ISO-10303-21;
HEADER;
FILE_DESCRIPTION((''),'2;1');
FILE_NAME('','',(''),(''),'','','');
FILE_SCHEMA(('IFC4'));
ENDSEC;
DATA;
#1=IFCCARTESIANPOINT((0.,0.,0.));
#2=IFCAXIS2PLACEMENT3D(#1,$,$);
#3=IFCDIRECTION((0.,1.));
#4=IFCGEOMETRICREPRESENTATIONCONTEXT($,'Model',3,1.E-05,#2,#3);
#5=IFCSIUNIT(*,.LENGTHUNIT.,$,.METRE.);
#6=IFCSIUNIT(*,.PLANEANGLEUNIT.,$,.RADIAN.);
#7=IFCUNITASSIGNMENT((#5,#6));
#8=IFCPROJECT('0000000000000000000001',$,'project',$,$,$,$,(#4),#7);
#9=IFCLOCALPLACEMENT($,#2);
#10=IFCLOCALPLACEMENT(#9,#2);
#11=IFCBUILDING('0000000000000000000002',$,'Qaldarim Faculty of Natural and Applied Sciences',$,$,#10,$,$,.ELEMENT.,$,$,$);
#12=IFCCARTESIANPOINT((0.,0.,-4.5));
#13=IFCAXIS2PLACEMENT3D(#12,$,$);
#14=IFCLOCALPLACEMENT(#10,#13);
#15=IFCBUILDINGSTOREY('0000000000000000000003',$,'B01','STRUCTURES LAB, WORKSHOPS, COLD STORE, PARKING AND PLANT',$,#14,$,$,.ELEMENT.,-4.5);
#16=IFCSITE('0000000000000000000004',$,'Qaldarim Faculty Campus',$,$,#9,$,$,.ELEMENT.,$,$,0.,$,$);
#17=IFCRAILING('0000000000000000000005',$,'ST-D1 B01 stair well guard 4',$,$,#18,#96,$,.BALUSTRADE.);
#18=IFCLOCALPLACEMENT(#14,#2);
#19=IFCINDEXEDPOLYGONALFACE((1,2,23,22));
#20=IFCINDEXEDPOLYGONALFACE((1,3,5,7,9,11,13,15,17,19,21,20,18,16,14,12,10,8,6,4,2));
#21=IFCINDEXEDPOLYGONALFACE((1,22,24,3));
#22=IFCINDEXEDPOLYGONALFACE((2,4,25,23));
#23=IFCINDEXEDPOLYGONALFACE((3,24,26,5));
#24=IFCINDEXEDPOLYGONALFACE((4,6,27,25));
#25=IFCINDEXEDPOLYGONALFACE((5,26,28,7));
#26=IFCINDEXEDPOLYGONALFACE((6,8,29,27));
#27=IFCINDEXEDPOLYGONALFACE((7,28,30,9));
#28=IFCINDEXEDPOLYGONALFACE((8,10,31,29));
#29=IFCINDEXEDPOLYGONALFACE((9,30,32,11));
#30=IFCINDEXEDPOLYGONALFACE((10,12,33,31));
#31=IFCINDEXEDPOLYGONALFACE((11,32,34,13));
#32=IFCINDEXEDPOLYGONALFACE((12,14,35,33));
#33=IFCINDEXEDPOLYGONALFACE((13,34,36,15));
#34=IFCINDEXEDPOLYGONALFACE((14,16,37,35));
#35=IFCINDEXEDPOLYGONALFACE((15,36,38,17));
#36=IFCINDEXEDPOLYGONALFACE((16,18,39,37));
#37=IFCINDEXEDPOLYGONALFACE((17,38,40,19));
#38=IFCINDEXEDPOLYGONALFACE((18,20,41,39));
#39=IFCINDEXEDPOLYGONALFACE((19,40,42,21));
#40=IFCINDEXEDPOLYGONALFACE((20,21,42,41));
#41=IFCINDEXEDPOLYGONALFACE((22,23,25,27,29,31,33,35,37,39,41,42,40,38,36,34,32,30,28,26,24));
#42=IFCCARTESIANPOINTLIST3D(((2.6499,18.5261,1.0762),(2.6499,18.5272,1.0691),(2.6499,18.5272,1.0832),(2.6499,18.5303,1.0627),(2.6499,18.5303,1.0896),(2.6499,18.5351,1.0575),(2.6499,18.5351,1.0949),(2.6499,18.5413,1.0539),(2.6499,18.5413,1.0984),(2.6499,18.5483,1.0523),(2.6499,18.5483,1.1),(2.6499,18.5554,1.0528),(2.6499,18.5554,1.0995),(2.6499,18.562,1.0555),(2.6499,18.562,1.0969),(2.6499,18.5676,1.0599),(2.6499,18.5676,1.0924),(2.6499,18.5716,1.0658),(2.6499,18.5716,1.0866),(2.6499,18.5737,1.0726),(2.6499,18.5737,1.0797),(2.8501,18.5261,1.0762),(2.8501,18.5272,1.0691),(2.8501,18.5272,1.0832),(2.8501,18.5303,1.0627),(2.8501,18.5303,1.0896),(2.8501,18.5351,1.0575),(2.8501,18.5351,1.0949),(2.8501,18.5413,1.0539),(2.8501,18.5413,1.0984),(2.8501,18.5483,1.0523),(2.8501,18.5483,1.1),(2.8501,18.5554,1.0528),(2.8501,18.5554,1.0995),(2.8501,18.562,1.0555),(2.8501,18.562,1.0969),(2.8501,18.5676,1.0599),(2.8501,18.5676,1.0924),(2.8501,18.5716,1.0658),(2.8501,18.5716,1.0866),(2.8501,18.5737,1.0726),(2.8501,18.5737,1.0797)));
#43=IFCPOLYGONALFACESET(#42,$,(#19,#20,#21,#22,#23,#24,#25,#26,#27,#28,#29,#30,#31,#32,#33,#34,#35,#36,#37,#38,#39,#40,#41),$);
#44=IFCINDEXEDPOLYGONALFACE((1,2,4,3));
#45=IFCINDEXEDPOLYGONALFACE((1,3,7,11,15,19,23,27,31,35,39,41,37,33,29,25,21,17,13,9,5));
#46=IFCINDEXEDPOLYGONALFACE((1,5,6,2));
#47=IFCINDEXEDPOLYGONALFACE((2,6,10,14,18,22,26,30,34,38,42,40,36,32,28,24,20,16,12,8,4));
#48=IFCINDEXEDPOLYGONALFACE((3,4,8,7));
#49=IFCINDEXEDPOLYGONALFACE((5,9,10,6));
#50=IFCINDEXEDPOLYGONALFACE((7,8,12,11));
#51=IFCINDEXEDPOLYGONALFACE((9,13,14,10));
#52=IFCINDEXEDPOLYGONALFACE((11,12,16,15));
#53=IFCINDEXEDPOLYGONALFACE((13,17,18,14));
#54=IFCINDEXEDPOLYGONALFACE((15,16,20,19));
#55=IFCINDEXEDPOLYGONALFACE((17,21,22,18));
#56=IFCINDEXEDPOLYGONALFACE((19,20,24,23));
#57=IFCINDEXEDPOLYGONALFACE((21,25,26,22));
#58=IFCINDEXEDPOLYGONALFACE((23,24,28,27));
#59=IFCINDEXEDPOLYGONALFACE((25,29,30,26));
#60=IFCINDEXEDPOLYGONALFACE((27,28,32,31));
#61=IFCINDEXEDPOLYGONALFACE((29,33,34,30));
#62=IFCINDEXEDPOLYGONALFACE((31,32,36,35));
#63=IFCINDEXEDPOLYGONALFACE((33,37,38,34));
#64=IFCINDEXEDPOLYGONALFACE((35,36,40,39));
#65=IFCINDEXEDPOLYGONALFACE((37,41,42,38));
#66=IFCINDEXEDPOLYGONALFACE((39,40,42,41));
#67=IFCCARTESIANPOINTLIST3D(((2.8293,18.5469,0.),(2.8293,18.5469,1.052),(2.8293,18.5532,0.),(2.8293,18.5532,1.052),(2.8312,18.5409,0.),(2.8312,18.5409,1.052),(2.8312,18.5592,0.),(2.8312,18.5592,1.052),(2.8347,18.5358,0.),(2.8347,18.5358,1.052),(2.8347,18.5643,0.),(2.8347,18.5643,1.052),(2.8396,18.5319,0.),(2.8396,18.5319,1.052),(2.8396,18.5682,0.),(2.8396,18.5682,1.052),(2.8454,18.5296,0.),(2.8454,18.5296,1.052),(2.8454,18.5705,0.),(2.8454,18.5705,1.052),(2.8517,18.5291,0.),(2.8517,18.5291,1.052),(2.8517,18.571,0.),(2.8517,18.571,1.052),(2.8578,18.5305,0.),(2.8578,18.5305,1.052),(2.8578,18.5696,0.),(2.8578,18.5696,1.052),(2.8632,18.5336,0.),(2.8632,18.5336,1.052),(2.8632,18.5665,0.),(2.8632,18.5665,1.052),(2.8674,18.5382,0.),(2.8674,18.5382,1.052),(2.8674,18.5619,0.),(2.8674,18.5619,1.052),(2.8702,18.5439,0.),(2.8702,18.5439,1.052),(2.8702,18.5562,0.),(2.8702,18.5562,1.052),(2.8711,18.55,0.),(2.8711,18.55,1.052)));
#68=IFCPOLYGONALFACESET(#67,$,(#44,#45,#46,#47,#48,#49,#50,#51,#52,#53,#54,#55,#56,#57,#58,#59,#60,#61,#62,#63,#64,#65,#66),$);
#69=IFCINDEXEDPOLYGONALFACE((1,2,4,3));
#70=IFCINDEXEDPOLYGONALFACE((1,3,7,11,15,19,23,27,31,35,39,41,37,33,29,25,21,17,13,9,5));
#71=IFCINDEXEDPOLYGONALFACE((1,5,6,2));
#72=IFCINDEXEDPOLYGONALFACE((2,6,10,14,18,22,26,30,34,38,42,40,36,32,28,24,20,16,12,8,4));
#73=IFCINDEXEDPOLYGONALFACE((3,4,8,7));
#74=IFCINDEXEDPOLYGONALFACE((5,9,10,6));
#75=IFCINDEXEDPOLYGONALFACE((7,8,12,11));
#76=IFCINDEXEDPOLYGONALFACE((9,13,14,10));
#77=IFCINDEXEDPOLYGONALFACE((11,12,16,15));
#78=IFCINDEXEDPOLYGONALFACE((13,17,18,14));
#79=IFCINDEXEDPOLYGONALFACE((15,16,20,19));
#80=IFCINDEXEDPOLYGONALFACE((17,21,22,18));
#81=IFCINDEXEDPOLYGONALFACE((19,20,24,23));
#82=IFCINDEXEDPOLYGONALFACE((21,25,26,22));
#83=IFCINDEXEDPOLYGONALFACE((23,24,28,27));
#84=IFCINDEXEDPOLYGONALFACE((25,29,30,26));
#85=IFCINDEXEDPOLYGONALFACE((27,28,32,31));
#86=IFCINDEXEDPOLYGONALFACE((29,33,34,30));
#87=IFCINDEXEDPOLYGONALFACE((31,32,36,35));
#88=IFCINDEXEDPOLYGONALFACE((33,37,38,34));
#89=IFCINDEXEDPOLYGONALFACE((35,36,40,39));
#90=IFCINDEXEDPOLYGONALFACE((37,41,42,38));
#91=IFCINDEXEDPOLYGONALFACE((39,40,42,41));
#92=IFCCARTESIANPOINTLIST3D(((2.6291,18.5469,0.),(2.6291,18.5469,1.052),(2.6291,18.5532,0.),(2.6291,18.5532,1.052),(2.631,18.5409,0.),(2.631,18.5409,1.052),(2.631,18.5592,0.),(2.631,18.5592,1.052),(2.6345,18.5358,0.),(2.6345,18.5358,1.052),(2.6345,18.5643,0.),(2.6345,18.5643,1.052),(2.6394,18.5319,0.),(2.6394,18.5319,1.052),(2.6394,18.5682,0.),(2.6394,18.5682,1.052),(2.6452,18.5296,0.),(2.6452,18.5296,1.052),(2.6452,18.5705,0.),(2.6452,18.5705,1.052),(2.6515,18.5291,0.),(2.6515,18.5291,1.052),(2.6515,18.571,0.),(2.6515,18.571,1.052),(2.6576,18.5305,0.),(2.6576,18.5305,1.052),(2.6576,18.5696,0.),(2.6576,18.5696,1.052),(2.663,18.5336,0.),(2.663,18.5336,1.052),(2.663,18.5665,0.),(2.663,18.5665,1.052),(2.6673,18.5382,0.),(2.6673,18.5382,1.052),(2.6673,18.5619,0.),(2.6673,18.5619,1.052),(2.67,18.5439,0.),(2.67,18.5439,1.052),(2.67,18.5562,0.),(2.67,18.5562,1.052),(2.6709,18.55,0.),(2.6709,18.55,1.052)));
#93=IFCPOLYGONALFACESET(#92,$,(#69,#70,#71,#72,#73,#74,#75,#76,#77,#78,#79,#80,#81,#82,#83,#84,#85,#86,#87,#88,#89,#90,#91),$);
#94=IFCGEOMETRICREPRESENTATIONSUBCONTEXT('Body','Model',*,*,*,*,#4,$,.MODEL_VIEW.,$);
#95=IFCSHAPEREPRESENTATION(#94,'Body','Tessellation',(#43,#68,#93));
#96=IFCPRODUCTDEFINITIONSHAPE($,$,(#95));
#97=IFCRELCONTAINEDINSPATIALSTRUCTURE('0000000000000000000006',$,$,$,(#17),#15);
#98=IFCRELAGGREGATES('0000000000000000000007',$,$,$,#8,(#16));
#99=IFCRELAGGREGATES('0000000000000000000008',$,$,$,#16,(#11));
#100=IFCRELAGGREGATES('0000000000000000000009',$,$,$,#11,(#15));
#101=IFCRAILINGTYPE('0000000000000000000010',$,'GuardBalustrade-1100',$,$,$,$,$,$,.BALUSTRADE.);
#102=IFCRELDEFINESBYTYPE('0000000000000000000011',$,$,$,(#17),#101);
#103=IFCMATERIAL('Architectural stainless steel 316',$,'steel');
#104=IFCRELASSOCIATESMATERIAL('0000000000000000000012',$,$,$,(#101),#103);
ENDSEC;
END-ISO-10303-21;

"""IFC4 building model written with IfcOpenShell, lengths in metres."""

from ifc_helpers import new_model, si_unit, direction, frame, origin, origin_2d, place, context, subcontext, project, spatial, circle, extrude, material, type_object, element, save


model = new_model("IFC4")

# Units and contexts
model_context = context("Model", 3, precision=1e-05, world=origin(), true_north=direction((0.0, 1.0)))
body_context = subcontext(model_context, "Body", "Model", "MODEL_VIEW")
ifc_project = project(units=[si_unit("LENGTHUNIT", "METRE"), si_unit("PLANEANGLEUNIT", "RADIAN")], contexts=[model_context])

# Site, building, storey
site_placement = place(None, origin())
site = spatial("IfcSite", under=ifc_project, at=site_placement, Name="Qaldarim Faculty Campus", CompositionType="ELEMENT", RefElevation=0.0)
building_placement = place(site_placement, origin())
building = spatial("IfcBuilding", under=site, at=building_placement, Name="Qaldarim Faculty of Natural and Applied Sciences", CompositionType="ELEMENT")
storey_placement = place(building_placement, frame((0.0, 0.0, -4.5)))
storey = spatial("IfcBuildingStorey", under=building, at=storey_placement, Name="B01", Description="STRUCTURES LAB, WORKSHOPS, COLD STORE, PARKING AND PLANT", CompositionType="ELEMENT", Elevation=-4.5)

# Railing
ifc_material_1 = material(Name="Architectural stainless steel 316", Category="steel")
railing_type_1 = type_object("IfcRailingType", Name="GuardBalustrade-1100", PredefinedType="BALUSTRADE", material=ifc_material_1)
railing_1_placement = place(storey_placement, frame((2.8501, 18.55, 0.0)))
element("IfcRailing", 1, at=railing_1_placement, inside=storey, type_object=railing_type_1, Name="ST-D1 B01 stair well guard 4", PredefinedType="BALUSTRADE", context=body_context, shape_type="SweptSolid", body=[
    extrude(circle(Radius=0.0239, at=origin_2d()), frame((0.0, 0.0, 1.0762), z_axis=(-1.0, 0.0, 0.0), x_axis=(0.0, -1.0, 0.0)), (0.0, 0.0, 1.0), 0.2002),
    extrude(circle(Radius=0.021, at=origin_2d()), origin(), (0.0, 0.0, 1.0), 1.052),
    extrude(circle(Radius=0.021, at=origin_2d()), frame((-0.2002, 0.0, 0.0)), (0.0, 0.0, 1.0), 1.052),
])

save(model, "model.ifc")
